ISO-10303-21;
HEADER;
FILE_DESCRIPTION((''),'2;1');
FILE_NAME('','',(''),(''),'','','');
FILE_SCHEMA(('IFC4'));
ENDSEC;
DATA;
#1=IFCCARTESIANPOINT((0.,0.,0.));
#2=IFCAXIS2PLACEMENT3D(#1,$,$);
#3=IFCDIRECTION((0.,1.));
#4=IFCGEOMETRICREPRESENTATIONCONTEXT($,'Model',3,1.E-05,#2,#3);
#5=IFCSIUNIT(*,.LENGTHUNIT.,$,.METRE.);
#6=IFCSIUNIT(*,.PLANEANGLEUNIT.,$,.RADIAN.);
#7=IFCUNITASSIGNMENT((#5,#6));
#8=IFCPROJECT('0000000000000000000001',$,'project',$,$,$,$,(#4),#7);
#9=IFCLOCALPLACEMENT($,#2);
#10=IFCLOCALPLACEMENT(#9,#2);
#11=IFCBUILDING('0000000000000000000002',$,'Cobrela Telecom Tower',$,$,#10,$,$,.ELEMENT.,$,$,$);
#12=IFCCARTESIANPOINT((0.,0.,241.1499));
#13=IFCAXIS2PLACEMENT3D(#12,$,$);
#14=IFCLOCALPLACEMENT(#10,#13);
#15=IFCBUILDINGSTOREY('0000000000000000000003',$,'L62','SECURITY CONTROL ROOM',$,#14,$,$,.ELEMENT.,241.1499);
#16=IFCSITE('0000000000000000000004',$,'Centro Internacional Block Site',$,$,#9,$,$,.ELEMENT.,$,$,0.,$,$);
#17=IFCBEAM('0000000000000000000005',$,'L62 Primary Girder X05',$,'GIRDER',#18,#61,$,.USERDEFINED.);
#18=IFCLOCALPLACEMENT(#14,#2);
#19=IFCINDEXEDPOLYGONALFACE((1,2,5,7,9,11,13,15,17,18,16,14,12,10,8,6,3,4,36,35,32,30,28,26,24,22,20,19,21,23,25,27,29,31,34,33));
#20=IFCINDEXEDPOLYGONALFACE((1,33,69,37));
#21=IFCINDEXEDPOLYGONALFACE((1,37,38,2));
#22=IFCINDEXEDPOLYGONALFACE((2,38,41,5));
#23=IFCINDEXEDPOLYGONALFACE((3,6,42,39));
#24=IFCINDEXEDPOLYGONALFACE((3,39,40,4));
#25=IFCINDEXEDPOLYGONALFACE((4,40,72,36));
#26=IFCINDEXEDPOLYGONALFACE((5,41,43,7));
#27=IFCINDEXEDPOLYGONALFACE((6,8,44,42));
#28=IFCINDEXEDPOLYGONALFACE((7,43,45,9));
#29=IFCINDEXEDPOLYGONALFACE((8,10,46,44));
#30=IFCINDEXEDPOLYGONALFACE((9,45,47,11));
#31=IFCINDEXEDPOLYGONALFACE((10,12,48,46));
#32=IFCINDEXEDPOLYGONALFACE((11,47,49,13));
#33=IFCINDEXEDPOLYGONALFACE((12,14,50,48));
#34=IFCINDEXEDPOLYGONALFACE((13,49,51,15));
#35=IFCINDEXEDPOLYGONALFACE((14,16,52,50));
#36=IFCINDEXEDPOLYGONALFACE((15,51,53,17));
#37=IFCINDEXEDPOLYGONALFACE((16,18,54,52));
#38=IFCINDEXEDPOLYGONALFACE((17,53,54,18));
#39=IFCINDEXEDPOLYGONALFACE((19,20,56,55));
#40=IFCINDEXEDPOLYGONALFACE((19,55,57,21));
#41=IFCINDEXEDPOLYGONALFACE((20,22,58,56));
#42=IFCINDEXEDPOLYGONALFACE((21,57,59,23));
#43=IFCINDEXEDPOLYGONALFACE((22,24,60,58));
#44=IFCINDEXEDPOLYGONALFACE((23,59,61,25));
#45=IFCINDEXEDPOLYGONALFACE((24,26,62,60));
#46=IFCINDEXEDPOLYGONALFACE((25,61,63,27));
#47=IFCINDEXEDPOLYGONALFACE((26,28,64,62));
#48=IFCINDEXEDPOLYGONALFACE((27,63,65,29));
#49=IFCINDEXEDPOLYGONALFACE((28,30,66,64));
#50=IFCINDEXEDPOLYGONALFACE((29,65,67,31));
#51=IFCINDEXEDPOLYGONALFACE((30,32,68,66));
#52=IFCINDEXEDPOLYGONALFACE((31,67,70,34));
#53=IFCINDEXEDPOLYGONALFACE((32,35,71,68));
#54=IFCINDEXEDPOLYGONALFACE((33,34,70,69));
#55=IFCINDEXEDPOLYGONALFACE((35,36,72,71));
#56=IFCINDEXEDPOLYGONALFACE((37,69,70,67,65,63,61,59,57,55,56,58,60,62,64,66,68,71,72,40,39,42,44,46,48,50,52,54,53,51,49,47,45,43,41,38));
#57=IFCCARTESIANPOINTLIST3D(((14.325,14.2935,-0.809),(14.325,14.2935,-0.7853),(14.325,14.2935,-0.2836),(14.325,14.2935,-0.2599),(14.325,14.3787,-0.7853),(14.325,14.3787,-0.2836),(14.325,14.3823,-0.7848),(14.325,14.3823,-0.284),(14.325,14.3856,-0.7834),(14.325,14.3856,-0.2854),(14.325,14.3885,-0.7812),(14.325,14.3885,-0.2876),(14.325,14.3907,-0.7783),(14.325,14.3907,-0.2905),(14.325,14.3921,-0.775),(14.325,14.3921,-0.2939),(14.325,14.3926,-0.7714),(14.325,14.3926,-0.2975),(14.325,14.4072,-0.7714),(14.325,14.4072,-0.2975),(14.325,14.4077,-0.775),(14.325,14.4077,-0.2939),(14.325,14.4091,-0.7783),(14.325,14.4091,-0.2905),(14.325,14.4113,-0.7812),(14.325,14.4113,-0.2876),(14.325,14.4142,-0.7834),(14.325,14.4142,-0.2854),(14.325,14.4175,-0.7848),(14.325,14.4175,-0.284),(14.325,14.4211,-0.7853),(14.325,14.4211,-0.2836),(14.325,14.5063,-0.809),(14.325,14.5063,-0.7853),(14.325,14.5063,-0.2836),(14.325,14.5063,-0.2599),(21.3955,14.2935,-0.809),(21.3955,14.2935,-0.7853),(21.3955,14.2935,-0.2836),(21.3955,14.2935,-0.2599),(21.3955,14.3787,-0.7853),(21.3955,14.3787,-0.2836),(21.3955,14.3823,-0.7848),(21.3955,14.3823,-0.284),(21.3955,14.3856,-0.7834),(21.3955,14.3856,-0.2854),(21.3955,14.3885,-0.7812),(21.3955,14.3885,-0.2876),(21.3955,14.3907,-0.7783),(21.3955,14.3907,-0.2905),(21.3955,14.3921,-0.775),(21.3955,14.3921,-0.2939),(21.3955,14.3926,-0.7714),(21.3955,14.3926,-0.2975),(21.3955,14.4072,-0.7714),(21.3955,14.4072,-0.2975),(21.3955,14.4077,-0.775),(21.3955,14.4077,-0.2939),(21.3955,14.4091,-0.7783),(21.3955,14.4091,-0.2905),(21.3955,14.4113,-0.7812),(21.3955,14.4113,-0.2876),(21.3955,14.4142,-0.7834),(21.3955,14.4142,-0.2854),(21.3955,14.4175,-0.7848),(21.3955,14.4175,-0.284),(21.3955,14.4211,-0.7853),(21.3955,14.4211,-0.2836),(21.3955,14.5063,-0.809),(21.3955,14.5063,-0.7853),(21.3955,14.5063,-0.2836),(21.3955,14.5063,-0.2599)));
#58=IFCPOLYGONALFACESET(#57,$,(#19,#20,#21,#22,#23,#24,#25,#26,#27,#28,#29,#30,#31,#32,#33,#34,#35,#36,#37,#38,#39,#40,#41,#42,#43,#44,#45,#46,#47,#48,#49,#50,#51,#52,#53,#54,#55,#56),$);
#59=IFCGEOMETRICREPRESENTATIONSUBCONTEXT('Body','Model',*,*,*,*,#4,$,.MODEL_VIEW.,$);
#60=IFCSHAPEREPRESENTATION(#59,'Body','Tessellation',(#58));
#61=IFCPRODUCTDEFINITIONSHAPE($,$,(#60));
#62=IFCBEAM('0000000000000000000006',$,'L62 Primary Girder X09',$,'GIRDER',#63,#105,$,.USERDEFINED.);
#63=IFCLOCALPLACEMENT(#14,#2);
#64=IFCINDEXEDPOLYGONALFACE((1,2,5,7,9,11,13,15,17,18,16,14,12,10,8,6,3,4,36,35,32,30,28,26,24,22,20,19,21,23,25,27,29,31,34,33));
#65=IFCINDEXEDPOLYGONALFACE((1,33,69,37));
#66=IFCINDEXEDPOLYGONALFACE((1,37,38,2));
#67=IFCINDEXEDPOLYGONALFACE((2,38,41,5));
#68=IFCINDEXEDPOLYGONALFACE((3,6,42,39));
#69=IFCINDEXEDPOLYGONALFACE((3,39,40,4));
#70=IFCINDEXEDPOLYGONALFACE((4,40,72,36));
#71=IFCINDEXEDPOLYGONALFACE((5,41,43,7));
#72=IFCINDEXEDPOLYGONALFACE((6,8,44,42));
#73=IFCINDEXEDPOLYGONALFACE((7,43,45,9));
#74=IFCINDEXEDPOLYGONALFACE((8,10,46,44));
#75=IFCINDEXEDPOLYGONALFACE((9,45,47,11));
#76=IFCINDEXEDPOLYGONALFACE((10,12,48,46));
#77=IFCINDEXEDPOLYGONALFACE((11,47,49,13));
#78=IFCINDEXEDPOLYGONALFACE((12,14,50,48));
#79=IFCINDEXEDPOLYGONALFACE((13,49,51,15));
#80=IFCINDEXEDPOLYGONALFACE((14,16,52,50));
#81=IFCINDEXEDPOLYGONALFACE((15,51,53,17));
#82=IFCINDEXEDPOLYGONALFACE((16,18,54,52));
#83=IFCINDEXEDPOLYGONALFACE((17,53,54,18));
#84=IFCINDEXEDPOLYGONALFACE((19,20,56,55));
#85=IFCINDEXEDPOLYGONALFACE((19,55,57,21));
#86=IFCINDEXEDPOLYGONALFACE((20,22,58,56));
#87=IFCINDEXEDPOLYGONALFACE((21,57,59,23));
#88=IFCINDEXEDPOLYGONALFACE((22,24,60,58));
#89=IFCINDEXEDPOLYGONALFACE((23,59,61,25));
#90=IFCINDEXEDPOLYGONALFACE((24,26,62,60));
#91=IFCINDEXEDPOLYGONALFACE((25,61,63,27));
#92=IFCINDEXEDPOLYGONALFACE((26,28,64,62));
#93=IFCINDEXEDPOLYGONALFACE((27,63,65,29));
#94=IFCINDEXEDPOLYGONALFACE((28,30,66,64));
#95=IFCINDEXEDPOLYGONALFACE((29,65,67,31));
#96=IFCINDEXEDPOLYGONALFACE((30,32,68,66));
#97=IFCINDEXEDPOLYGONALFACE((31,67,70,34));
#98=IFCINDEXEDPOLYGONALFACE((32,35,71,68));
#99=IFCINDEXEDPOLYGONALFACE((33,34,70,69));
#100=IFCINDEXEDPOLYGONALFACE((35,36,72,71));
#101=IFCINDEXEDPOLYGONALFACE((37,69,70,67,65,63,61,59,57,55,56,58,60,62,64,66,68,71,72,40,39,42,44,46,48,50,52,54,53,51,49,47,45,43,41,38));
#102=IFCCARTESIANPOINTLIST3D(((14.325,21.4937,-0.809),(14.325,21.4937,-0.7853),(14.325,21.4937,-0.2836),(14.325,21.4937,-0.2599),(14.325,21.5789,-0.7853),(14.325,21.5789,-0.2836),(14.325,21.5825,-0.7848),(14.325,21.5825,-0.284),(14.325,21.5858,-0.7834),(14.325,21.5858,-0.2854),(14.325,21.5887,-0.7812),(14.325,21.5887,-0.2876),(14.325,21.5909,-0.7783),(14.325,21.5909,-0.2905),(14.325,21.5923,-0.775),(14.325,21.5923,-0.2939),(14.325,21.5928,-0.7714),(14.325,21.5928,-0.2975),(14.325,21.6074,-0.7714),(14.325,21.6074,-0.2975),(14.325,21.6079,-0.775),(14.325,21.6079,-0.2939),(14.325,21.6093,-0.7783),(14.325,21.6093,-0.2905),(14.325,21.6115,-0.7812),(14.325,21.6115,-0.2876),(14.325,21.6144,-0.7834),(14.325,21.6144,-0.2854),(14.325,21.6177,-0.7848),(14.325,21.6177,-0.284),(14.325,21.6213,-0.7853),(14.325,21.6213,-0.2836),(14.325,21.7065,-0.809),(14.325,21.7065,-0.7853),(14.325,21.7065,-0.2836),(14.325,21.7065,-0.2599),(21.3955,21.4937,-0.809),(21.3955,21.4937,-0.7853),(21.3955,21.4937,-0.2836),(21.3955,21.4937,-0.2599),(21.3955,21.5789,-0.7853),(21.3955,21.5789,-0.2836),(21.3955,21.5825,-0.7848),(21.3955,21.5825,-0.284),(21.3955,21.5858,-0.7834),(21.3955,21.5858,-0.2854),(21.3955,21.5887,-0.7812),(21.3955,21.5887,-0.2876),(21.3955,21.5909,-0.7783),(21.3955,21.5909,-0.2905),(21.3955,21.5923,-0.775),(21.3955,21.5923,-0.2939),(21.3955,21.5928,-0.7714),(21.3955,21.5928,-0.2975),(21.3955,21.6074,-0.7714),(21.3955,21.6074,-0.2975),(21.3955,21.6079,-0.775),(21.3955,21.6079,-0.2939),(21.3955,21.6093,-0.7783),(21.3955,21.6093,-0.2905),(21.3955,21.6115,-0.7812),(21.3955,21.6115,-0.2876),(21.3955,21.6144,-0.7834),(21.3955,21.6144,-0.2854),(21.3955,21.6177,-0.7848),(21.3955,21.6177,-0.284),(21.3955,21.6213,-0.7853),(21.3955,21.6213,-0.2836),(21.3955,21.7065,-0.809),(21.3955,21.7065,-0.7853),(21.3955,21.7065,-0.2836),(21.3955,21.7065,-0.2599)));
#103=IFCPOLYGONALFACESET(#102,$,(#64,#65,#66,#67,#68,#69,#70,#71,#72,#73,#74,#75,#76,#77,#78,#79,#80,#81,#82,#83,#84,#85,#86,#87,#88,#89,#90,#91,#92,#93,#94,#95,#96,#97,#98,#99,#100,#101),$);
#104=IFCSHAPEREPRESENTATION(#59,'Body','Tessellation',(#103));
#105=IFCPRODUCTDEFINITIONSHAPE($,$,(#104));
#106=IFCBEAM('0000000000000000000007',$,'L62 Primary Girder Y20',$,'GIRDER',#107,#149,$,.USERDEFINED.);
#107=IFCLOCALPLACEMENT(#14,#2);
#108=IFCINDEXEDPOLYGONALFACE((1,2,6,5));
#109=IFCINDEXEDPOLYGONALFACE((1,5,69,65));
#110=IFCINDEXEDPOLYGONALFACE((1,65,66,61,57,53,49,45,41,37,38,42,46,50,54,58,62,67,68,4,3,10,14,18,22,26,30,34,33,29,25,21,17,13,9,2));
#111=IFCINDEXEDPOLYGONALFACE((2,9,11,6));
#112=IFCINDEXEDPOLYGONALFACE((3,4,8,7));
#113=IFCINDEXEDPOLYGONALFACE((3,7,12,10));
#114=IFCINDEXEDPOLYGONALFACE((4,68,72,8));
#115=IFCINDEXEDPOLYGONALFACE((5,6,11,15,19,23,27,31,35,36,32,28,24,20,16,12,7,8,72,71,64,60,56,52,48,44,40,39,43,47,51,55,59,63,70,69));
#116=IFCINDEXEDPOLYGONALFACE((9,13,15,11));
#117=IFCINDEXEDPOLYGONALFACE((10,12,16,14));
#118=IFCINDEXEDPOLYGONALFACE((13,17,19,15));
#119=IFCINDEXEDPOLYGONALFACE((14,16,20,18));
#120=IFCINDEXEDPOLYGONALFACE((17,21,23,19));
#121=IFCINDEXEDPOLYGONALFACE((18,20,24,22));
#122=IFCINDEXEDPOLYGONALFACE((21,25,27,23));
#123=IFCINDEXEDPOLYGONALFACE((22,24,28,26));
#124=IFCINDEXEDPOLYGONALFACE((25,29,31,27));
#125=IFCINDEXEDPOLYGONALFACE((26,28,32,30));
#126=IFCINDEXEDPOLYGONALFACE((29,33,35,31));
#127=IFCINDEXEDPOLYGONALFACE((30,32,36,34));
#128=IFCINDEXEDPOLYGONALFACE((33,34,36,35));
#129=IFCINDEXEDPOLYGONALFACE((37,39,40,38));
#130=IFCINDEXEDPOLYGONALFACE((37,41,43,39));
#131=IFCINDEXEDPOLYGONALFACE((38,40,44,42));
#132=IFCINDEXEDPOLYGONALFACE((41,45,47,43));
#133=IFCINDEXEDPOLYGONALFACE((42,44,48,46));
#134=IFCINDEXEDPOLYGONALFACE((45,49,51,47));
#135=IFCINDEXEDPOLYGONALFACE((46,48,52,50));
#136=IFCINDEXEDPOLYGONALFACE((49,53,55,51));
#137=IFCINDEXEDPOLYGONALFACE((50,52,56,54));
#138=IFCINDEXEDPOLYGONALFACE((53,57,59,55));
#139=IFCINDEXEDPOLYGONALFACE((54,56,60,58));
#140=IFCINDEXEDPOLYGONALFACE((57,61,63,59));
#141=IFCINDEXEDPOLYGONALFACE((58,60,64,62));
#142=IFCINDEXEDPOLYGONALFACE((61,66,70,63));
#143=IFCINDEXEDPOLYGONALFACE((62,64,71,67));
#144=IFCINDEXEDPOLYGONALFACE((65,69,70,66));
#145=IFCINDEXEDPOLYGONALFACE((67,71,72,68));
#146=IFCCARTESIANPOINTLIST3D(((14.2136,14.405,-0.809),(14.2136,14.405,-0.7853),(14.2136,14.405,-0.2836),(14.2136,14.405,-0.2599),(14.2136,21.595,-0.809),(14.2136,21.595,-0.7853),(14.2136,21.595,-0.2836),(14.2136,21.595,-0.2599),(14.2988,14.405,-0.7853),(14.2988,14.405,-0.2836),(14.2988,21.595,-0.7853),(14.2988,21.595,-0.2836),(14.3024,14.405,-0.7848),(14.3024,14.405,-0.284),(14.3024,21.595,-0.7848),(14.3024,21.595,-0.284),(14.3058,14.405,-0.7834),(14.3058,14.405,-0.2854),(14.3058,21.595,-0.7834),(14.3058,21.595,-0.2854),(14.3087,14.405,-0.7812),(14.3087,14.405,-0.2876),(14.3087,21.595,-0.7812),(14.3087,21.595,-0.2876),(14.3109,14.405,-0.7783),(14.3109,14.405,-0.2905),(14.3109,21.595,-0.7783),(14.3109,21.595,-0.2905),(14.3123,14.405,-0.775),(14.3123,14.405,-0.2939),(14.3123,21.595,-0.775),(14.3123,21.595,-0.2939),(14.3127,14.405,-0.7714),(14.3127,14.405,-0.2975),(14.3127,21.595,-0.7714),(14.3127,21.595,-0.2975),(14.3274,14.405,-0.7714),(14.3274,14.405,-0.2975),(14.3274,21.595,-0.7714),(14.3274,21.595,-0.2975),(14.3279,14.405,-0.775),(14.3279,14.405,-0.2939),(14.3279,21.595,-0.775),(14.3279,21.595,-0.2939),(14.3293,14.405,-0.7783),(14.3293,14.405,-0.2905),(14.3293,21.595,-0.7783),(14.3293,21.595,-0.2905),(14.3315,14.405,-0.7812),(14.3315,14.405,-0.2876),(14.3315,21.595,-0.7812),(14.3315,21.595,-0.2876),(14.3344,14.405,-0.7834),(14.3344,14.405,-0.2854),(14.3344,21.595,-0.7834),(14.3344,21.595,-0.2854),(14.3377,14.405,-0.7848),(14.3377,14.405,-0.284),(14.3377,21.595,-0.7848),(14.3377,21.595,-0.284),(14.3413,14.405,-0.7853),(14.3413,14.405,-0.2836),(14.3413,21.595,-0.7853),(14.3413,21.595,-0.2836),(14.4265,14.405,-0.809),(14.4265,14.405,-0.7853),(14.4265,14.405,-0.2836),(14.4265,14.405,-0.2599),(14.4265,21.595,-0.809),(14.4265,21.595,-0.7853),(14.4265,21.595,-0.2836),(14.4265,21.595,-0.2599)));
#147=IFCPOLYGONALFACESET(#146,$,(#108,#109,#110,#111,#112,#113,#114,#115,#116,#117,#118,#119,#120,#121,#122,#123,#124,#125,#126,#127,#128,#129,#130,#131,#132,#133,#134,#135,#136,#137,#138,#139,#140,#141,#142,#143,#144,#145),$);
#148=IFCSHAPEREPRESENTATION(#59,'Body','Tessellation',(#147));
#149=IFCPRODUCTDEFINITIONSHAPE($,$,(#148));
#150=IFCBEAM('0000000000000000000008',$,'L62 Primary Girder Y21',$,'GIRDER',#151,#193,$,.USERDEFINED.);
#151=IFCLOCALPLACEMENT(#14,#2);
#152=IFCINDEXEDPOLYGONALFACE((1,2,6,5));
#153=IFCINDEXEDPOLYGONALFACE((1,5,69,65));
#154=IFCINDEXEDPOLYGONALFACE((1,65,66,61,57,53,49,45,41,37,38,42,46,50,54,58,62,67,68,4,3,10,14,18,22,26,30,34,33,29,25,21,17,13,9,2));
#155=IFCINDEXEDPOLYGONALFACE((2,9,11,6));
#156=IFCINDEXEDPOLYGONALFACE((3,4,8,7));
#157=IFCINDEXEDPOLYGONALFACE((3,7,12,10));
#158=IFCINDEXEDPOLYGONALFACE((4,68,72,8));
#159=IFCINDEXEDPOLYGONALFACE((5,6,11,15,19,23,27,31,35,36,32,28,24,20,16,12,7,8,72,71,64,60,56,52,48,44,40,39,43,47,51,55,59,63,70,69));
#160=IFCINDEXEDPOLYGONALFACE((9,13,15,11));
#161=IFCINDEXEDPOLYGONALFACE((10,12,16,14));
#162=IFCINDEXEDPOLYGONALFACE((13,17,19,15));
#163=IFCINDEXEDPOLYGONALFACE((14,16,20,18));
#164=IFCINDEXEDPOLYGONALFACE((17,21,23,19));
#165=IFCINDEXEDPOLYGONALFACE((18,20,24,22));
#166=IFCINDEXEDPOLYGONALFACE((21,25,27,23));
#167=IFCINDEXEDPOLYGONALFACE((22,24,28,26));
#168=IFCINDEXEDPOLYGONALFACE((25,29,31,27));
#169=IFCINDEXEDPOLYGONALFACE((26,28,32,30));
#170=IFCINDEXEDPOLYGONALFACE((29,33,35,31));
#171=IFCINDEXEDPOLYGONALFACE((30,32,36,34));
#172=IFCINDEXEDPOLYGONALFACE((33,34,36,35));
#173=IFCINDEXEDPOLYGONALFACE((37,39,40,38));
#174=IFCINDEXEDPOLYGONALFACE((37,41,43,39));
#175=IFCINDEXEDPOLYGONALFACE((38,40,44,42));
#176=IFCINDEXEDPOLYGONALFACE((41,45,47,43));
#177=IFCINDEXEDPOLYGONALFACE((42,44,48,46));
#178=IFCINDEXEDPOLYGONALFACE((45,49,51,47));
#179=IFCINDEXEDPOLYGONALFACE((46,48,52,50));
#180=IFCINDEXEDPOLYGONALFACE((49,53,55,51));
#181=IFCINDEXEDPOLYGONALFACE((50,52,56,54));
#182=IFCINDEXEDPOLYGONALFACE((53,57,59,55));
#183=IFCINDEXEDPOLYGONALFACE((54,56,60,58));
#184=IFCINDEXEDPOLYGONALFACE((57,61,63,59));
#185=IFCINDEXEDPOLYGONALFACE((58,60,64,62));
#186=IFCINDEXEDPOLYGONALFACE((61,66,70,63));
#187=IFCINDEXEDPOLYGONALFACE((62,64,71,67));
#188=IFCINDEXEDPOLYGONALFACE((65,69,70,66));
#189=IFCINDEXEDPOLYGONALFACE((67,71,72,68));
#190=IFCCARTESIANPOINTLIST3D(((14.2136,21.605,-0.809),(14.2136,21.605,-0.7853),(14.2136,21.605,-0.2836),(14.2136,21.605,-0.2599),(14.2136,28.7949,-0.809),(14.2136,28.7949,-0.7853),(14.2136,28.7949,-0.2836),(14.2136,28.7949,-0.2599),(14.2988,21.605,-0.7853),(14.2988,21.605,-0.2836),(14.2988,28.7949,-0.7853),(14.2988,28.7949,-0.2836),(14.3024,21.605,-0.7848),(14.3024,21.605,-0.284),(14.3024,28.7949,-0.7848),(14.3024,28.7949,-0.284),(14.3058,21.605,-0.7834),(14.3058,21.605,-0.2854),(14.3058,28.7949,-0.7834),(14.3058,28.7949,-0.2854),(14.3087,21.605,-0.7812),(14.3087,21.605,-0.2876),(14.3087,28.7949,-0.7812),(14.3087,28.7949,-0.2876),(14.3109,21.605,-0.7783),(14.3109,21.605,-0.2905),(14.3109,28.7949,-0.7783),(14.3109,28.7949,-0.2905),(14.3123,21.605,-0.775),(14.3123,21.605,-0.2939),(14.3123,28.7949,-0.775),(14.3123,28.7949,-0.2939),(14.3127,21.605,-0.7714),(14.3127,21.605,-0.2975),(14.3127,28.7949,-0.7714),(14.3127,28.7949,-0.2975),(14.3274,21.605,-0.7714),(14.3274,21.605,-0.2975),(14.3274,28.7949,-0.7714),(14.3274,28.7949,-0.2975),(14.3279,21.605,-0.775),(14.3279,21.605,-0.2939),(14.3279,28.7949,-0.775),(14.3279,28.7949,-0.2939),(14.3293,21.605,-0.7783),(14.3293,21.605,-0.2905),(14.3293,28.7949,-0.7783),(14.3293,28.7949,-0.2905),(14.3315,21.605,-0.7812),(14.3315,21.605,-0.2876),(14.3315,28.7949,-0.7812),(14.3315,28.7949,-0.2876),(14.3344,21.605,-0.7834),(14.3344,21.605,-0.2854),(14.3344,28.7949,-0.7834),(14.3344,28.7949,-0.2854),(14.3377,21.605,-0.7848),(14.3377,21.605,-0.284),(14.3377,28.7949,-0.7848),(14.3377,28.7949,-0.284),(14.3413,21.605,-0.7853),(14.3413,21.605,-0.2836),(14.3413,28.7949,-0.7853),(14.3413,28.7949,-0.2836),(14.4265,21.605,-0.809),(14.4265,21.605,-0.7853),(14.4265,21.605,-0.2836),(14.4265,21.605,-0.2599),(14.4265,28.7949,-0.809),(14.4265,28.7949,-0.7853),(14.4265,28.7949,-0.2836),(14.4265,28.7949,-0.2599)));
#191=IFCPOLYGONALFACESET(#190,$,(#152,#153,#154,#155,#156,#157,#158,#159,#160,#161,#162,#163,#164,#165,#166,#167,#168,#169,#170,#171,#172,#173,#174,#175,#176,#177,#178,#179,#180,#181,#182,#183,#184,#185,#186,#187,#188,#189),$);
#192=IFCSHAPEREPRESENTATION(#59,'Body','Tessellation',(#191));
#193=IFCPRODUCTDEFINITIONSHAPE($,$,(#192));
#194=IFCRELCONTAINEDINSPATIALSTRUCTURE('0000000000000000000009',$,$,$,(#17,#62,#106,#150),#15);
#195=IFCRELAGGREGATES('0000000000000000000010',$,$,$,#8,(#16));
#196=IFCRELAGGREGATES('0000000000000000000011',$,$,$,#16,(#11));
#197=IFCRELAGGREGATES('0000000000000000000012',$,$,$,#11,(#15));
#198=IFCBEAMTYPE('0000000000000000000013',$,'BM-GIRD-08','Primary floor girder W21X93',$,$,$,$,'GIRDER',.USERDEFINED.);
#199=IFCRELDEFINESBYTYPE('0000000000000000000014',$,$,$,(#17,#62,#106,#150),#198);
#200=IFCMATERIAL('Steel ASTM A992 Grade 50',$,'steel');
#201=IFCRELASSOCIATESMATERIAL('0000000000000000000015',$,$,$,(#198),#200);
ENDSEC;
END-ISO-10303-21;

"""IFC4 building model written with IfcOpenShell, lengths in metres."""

from ifc_helpers import new_model, si_unit, direction, frame, origin, origin_2d, place, context, subcontext, project, spatial, i_section, extrude, material, material_profile, profile_set, type_object, element, save


model = new_model("IFC4")

# Units and contexts
model_context = context("Model", 3, precision=1e-05, world=origin(), true_north=direction((0.0, 1.0)))
body_context = subcontext(model_context, "Body", "Model", "MODEL_VIEW")
ifc_project = project(units=[si_unit("LENGTHUNIT", "METRE"), si_unit("PLANEANGLEUNIT", "RADIAN")], contexts=[model_context])

# Site, building, storey
site_placement = place(None, origin())
site = spatial("IfcSite", under=ifc_project, at=site_placement, Name="Centro Internacional Block Site", CompositionType="ELEMENT", RefElevation=0.0)
building_placement = place(site_placement, origin())
building = spatial("IfcBuilding", under=site, at=building_placement, Name="Cobrela Telecom Tower", CompositionType="ELEMENT")
storey_placement = place(building_placement, frame((0.0, 0.0, 241.1499)))
storey = spatial("IfcBuildingStorey", under=building, at=storey_placement, Name="L62", Description="SECURITY CONTROL ROOM", CompositionType="ELEMENT", Elevation=241.1499)

# Beams
ifc_material_1 = material(Name="Steel ASTM A992 Grade 50", Category="steel")
ifc_material_profile_1 = material_profile(ifc_material_1, i_section(OverallWidth=0.2129, OverallDepth=0.5491, WebThickness=0.0146, FlangeThickness=0.0237, FilletRadius=0.0139, at=origin_2d()), Name="W21X93")
ifc_profile_set_1 = profile_set([ifc_material_profile_1], Name="Steel ASTM A992 Grade 50")
beam_type_1 = type_object("IfcBeamType", Name="BM-GIRD-08", Description="Primary floor girder W21X93", ElementType="GIRDER", PredefinedType="USERDEFINED", material=ifc_profile_set_1)
for number, where, z_axis, x_axis, name in (
    (1, (14.325, 14.3999, -0.5344), (1.0, 0.0, 0.0), (0.0, 1.0, 0.0), "L62 Primary Girder X05"),
    (2, (14.325, 21.6001, -0.5344), (1.0, 0.0, 0.0), (0.0, 1.0, 0.0), "L62 Primary Girder X09"),
):
    element("IfcBeam", number, at=place(storey_placement, frame(where, z_axis=z_axis, x_axis=x_axis)), inside=storey, type_object=beam_type_1, Name=name, ObjectType="GIRDER", PredefinedType="USERDEFINED", context=body_context, shape_type="SweptSolid", body=[
        extrude(i_section(OverallWidth=0.2129, OverallDepth=0.5491, WebThickness=0.0146, FlangeThickness=0.0237, FilletRadius=0.0139, at=origin_2d()), origin(), (0.0, 0.0, 1.0), 7.0706),
    ])
for number, where, z_axis, x_axis, name in (
    (3, (14.3201, 14.405, -0.5344), (0.0, 1.0, 0.0), (-1.0, 0.0, 0.0), "L62 Primary Girder Y20"),
    (4, (14.3201, 21.605, -0.5344), (0.0, 1.0, 0.0), (-1.0, 0.0, 0.0), "L62 Primary Girder Y21"),
):
    element("IfcBeam", number, at=place(storey_placement, frame(where, z_axis=z_axis, x_axis=x_axis)), inside=storey, type_object=beam_type_1, Name=name, ObjectType="GIRDER", PredefinedType="USERDEFINED", context=body_context, shape_type="SweptSolid", body=[
        extrude(i_section(OverallWidth=0.2129, OverallDepth=0.5491, WebThickness=0.0146, FlangeThickness=0.0237, FilletRadius=0.0139, at=origin_2d()), origin(), (0.0, 0.0, 1.0), 7.1899),
    ])

save(model, "model.ifc")
